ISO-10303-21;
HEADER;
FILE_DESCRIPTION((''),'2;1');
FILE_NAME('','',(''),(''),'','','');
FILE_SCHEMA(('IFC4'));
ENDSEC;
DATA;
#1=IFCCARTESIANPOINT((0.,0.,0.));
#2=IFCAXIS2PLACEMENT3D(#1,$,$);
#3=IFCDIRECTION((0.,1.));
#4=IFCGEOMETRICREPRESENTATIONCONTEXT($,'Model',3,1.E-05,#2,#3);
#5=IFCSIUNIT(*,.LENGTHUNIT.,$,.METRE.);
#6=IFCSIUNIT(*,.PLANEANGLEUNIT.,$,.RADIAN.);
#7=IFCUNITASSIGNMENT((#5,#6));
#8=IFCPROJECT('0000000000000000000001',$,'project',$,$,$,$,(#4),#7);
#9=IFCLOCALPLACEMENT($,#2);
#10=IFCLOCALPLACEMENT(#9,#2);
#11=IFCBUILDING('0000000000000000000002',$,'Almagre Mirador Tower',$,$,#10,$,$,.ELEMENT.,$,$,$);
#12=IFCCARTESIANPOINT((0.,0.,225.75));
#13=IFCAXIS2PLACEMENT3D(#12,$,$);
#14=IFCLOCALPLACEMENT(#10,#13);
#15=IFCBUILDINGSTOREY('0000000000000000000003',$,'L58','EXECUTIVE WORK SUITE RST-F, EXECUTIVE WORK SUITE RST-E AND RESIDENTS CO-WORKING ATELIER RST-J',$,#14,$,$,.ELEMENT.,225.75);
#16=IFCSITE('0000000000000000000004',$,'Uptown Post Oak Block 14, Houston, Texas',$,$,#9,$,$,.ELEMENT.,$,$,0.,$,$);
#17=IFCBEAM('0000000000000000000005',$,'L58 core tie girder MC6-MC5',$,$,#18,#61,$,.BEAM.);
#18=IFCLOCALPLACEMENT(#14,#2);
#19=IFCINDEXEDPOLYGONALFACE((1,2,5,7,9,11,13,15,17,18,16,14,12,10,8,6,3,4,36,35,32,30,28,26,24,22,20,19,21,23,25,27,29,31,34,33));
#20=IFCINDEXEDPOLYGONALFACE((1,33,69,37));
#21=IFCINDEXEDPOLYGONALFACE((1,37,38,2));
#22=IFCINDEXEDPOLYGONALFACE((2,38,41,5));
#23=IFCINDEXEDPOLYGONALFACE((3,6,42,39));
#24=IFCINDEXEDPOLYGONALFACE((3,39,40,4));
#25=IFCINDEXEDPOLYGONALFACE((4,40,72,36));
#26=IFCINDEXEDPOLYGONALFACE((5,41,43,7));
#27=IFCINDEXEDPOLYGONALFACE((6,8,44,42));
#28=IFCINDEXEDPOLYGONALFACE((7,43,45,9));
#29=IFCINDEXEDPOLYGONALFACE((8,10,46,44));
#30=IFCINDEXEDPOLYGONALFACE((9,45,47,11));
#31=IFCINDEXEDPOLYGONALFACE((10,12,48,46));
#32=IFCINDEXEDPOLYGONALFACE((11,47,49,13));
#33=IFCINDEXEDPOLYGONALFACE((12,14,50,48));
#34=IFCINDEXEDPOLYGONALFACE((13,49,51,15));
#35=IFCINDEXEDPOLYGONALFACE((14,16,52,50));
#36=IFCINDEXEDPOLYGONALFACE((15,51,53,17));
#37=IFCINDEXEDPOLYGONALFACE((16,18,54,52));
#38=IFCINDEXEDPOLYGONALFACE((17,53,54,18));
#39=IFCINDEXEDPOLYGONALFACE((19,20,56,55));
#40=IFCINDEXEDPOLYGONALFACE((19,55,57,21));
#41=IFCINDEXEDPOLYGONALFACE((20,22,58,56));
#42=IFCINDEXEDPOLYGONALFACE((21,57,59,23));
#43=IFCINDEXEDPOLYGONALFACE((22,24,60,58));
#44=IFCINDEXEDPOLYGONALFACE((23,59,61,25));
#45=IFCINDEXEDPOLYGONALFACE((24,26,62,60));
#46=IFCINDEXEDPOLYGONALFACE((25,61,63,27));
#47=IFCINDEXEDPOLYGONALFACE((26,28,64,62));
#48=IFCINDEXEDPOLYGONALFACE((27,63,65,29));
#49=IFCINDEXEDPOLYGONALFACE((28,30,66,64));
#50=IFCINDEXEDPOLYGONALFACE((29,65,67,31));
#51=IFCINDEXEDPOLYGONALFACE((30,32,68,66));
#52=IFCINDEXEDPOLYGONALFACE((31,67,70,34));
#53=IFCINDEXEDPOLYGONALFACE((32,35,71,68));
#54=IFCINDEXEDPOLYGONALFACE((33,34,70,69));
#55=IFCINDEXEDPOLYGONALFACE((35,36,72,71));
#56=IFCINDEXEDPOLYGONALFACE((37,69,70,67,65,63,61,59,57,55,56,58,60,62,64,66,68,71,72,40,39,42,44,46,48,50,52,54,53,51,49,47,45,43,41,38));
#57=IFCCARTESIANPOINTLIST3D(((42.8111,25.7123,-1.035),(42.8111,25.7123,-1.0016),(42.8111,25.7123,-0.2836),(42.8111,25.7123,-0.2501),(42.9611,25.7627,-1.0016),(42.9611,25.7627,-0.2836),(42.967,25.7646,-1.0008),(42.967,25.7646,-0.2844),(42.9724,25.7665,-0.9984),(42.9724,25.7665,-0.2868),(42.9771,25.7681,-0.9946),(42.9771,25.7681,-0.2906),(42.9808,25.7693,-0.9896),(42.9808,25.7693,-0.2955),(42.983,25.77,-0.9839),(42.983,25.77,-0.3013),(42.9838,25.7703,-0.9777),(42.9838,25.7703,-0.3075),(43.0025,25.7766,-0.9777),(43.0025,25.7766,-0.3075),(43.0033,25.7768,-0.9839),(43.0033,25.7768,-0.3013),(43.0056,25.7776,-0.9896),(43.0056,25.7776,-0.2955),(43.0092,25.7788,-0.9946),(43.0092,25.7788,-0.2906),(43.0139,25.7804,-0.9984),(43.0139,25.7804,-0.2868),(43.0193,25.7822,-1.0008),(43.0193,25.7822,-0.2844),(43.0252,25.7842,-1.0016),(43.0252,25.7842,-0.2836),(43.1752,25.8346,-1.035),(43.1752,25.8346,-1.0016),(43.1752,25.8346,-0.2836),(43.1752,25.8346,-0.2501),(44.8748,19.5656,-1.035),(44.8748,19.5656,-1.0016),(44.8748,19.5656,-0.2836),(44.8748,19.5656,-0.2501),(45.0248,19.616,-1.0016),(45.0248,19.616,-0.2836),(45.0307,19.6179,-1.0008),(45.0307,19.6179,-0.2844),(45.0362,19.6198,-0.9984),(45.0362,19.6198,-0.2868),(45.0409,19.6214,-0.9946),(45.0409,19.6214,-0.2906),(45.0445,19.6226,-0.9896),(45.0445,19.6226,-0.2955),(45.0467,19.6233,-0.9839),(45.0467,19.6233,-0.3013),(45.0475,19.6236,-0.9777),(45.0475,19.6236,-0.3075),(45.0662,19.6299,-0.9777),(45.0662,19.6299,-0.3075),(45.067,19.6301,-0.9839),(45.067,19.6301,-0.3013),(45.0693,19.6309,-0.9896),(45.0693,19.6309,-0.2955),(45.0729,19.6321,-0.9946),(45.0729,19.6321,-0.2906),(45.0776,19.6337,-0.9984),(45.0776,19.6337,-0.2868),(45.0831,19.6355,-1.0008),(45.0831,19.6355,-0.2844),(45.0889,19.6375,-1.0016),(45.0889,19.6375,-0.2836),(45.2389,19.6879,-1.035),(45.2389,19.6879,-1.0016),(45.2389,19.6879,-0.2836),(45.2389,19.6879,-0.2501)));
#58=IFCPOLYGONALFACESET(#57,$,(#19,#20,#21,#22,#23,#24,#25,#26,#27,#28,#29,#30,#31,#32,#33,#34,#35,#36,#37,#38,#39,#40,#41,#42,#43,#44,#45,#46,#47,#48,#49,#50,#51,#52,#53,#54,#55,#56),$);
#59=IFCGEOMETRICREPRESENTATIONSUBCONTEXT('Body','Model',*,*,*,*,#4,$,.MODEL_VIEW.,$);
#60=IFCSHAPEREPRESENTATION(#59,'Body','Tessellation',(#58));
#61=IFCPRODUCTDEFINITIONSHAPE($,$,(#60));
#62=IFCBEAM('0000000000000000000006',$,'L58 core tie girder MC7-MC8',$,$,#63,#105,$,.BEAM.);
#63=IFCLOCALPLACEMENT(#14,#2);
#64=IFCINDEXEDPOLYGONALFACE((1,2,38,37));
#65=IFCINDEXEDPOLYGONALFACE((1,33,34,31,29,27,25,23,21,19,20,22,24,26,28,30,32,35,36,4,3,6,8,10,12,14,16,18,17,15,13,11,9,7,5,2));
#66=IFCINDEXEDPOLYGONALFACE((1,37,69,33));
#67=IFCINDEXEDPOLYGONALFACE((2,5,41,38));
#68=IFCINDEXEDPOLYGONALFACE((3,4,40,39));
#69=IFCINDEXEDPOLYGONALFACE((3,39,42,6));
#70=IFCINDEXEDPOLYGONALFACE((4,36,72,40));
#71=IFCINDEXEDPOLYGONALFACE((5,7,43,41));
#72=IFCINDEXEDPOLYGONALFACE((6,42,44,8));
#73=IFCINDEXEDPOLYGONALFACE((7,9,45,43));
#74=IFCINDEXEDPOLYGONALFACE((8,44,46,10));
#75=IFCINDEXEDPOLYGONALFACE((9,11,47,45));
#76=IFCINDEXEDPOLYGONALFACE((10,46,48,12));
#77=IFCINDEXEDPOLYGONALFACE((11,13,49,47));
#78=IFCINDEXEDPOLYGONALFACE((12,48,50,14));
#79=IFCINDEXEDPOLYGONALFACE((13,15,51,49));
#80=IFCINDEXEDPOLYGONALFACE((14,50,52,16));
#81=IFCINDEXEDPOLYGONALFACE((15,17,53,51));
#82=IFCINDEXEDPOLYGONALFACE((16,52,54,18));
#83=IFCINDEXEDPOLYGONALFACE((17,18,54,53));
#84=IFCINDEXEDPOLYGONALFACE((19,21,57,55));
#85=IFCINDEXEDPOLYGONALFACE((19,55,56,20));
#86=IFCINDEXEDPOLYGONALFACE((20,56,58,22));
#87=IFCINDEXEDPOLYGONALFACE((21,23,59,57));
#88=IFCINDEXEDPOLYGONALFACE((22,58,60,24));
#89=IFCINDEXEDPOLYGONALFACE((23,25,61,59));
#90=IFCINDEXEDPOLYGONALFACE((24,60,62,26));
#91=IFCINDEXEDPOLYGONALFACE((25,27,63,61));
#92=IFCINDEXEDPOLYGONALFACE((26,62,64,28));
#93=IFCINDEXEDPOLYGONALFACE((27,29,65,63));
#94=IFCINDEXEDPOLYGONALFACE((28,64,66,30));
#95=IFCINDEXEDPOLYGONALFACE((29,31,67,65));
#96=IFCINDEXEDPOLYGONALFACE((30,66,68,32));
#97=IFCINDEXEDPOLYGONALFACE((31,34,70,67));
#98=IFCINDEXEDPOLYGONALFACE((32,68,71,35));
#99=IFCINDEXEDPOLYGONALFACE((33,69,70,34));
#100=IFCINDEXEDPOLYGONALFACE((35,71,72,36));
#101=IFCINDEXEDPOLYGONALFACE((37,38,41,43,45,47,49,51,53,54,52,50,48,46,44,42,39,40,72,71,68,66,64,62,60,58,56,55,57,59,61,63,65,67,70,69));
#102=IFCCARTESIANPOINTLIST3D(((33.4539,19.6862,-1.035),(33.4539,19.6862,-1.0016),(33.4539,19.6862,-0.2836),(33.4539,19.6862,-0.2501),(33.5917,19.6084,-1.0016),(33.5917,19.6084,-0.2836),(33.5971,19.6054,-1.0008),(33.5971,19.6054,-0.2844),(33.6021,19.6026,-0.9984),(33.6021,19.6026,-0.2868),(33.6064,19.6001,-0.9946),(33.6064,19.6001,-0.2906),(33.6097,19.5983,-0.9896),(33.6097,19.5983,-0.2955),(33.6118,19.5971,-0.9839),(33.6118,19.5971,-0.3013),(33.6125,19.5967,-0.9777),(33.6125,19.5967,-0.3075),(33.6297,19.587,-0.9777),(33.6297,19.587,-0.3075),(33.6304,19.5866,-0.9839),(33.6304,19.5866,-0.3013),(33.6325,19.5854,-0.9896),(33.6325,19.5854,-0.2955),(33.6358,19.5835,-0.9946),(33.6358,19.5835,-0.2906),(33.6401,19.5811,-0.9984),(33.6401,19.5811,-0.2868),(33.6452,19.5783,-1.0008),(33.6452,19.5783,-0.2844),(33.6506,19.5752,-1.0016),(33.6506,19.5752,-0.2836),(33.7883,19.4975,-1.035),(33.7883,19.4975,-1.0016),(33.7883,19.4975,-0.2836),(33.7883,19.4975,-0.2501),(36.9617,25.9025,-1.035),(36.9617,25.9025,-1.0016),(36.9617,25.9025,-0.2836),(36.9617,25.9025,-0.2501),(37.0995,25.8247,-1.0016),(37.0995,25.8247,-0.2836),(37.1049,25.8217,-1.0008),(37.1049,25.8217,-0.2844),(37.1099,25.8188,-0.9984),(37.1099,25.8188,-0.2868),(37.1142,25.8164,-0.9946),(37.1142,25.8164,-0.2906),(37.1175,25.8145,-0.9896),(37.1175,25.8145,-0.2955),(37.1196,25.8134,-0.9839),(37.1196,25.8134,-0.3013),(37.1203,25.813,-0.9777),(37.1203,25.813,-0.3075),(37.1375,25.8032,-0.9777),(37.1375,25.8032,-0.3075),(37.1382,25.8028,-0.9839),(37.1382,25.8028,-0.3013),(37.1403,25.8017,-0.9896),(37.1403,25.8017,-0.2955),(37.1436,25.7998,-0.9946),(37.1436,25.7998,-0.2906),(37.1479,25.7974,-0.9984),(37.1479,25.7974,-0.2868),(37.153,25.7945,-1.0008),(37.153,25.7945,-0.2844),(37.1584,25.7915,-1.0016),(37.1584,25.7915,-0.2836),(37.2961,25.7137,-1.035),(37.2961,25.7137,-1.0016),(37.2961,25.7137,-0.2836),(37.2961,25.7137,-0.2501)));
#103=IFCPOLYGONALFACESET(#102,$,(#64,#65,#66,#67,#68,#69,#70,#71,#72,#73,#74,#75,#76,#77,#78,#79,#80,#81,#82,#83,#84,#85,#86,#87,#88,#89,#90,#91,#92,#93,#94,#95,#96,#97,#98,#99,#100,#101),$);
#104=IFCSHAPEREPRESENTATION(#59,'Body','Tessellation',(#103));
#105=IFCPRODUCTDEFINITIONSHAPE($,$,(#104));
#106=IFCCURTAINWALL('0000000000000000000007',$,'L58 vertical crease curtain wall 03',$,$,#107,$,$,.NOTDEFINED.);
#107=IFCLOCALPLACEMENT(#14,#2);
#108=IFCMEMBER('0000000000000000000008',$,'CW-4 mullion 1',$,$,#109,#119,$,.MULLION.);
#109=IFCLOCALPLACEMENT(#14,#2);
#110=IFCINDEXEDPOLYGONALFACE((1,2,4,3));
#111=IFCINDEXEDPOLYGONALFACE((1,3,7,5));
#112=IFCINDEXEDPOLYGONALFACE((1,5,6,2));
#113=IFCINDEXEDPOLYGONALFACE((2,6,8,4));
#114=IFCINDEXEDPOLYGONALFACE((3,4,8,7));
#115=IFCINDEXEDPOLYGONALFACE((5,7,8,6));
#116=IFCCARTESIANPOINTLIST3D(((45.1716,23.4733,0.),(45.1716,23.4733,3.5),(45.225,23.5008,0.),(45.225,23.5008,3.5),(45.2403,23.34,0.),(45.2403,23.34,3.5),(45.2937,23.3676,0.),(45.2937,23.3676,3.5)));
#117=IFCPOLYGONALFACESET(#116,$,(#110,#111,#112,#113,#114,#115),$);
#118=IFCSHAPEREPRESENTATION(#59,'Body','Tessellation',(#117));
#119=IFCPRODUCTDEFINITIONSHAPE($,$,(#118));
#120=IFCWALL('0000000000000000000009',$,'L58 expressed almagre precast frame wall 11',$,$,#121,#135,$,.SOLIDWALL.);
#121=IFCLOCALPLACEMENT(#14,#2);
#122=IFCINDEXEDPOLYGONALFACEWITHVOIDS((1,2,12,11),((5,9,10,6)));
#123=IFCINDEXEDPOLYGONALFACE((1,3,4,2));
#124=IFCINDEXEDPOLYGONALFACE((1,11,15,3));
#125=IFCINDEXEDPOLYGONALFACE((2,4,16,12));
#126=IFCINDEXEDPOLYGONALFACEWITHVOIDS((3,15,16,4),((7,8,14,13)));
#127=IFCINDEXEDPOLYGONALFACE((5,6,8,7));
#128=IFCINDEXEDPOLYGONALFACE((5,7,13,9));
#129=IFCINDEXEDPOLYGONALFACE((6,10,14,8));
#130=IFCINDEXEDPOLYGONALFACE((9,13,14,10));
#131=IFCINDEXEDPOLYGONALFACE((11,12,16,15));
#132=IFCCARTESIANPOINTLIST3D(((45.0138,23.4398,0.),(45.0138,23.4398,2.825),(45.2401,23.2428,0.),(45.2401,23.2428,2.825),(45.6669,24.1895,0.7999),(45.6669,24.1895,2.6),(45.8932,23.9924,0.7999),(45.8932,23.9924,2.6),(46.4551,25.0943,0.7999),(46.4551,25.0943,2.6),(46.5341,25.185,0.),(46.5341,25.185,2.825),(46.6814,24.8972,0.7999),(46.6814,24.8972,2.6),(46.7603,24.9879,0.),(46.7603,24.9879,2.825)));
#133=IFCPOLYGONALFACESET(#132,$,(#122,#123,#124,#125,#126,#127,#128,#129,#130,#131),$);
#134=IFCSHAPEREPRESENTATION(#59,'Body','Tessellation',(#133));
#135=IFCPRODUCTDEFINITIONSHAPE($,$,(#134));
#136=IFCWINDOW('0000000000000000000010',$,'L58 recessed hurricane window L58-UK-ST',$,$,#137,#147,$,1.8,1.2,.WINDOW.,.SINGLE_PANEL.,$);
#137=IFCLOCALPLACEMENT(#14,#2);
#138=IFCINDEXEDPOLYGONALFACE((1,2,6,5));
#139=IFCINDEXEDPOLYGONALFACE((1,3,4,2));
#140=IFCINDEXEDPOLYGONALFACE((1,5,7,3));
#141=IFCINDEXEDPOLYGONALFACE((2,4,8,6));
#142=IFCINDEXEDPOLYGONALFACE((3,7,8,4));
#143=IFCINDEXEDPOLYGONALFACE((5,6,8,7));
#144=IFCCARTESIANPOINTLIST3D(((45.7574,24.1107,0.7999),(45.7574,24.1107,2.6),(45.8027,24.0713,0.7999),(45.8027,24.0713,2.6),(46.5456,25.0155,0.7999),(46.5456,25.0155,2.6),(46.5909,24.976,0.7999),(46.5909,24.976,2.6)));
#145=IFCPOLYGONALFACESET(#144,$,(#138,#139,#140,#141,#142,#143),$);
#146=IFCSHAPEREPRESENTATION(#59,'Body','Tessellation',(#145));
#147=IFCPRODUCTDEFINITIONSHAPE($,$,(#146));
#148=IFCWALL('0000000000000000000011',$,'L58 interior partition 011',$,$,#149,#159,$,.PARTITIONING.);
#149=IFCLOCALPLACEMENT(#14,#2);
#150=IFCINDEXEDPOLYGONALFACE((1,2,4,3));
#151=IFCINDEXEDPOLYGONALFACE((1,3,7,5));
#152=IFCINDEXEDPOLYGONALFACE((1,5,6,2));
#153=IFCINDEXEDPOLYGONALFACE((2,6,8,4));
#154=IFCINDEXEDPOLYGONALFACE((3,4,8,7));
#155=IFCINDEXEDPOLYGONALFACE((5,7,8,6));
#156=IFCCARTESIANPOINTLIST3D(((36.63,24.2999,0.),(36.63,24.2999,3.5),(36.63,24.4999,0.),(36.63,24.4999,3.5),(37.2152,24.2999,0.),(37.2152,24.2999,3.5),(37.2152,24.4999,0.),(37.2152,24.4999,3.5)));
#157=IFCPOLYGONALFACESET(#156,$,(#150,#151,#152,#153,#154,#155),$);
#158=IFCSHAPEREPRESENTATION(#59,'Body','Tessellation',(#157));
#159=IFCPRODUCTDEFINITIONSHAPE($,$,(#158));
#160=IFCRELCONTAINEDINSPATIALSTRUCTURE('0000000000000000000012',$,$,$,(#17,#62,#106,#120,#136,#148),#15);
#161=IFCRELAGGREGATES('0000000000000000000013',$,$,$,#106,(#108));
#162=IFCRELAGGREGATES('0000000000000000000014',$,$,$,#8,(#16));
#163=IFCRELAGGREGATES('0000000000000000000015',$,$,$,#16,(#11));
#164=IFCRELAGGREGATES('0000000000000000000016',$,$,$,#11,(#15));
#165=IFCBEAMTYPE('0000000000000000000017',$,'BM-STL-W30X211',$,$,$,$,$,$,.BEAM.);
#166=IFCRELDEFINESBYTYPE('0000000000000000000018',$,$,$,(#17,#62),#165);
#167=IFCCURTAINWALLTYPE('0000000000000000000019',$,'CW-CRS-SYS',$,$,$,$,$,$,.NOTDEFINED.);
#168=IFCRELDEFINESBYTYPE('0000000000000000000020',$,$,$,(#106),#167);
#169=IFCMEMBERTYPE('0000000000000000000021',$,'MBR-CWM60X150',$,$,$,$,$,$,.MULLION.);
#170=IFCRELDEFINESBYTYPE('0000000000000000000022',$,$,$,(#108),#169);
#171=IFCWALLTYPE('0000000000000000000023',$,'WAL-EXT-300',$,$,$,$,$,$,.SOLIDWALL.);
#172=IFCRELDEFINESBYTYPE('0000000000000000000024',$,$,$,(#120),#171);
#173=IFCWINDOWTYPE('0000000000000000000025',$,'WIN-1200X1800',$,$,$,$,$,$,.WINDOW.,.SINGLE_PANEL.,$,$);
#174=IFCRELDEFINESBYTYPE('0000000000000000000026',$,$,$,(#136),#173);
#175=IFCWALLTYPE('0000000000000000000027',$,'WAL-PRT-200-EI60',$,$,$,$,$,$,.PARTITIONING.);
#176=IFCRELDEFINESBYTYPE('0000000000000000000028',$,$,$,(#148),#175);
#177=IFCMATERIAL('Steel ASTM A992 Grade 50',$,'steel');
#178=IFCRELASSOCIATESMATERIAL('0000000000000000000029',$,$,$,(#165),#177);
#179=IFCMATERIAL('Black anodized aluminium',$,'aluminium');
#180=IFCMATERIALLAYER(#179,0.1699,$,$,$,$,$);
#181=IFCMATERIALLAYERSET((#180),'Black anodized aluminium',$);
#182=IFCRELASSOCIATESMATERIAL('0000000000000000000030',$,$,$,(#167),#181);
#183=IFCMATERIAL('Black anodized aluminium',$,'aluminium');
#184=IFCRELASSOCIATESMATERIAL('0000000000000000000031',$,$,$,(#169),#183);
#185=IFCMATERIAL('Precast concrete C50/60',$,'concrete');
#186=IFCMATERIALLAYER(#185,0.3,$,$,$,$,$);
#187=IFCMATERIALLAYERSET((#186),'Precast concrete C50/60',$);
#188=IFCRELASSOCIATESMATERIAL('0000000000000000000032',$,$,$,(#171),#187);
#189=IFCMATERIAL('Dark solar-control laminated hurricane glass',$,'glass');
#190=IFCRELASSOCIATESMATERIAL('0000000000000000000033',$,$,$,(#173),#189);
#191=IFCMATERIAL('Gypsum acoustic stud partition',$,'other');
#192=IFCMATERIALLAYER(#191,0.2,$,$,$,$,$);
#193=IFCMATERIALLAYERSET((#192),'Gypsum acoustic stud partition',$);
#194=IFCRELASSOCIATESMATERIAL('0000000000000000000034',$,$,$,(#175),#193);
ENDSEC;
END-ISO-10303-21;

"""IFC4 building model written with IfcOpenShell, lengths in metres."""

from ifc_helpers import new_model, si_unit, direction, frame, frame_2d, origin, origin_2d, place, context, subcontext, project, spatial, rectangle, i_section, extrude, material, layer, layer_set, material_profile, profile_set, type_object, element, fill, aggregate, save


model = new_model("IFC4")

# Units and contexts
model_context = context("Model", 3, precision=1e-05, world=origin(), true_north=direction((0.0, 1.0)))
body_context = subcontext(model_context, "Body", "Model", "MODEL_VIEW")
ifc_project = project(units=[si_unit("LENGTHUNIT", "METRE"), si_unit("PLANEANGLEUNIT", "RADIAN")], contexts=[model_context])

# Site, building, storey
site_placement = place(None, origin())
site = spatial("IfcSite", under=ifc_project, at=site_placement, Name="Uptown Post Oak Block 14, Houston, Texas", CompositionType="ELEMENT", RefElevation=0.0)
building_placement = place(site_placement, origin())
building = spatial("IfcBuilding", under=site, at=building_placement, Name="Almagre Mirador Tower", CompositionType="ELEMENT")
storey_placement = place(building_placement, frame((0.0, 0.0, 225.75)))
storey = spatial("IfcBuildingStorey", under=building, at=storey_placement, Name="L58", Description="EXECUTIVE WORK SUITE RST-F, EXECUTIVE WORK SUITE RST-E AND RESIDENTS CO-WORKING ATELIER RST-J", CompositionType="ELEMENT", Elevation=225.75)

# Beams
ifc_material_1 = material(Name="Steel ASTM A992 Grade 50", Category="steel")
ifc_material_profile_1 = material_profile(ifc_material_1, i_section(OverallWidth=0.384, OverallDepth=0.7849, WebThickness=0.0198, FlangeThickness=0.0334, FilletRadius=0.0239, at=origin_2d()), Name="W30X211")
ifc_profile_set_1 = profile_set([ifc_material_profile_1], Name="Steel ASTM A992 Grade 50")
beam_type_1 = type_object("IfcBeamType", Name="BM-STL-W30X211", PredefinedType="BEAM", material=ifc_profile_set_1)
beam_1_placement = place(storey_placement, frame((42.9932, 25.7734, -0.6426), z_axis=(0.318283, -0.947996, 0.0), x_axis=(0.947996, 0.318283, 0.0)))
element("IfcBeam", 1, at=beam_1_placement, inside=storey, type_object=beam_type_1, Name="L58 core tie girder MC6-MC5", PredefinedType="BEAM", context=body_context, shape_type="SweptSolid", body=[
    extrude(i_section(OverallWidth=0.384, OverallDepth=0.7849, WebThickness=0.0198, FlangeThickness=0.0334, FilletRadius=0.0239, at=origin_2d()), origin(), (0.0, 0.0, 1.0), 6.4839),
])
beam_2_placement = place(storey_placement, frame((37.1289, 25.8081, -0.6426), z_axis=(-0.491446, -0.870908, 0.0), x_axis=(0.870908, -0.491446, 0.0)))
element("IfcBeam", 2, at=beam_2_placement, inside=storey, type_object=beam_type_1, Name="L58 core tie girder MC7-MC8", PredefinedType="BEAM", context=body_context, shape_type="SweptSolid", body=[
    extrude(i_section(OverallWidth=0.384, OverallDepth=0.7849, WebThickness=0.0198, FlangeThickness=0.0334, FilletRadius=0.0239, at=origin_2d()), origin(), (0.0, 0.0, 1.0), 7.1377),
])

# Curtain wall, member
ifc_material_2 = material(Name="Black anodized aluminium", Category="aluminium")
ifc_layer_1 = layer(ifc_material_2, 0.1699)
ifc_layer_set_1 = layer_set([ifc_layer_1], Name="Black anodized aluminium")
curtain_wall_type = type_object("IfcCurtainWallType", Name="CW-CRS-SYS", PredefinedType="NOTDEFINED", material=ifc_layer_set_1)
curtain_wall_placement = place(storey_placement, origin())
curtain_wall = element("IfcCurtainWall", 3, at=curtain_wall_placement, inside=storey, type_object=curtain_wall_type, Name="L58 vertical crease curtain wall 03", PredefinedType="NOTDEFINED")
ifc_material_3 = material(Name="Black anodized aluminium", Category="aluminium")
ifc_material_profile_2 = material_profile(ifc_material_3, rectangle(XDim=0.0601, YDim=0.1499, at=origin_2d()), Name="CWM60X150")
ifc_profile_set_2 = profile_set([ifc_material_profile_2], Name="Black anodized aluminium")
member_type = type_object("IfcMemberType", Name="MBR-CWM60X150", PredefinedType="MULLION", material=ifc_profile_set_2)
member_placement = place(storey_placement, frame((45.2327, 23.4204, 0.0), z_axis=(0.0, 0.0, 1.0), x_axis=(0.888809, 0.458277, 0.0)))
member = element("IfcMember", 4, at=member_placement, type_object=member_type, Name="CW-4 mullion 1", PredefinedType="MULLION", context=body_context, shape_type="SweptSolid", body=[
    extrude(rectangle(XDim=0.0601, YDim=0.1499, at=origin_2d()), origin(), (0.0, 0.0, 1.0), 3.5),
])
aggregate(curtain_wall, [member])

# Wall, opening, window
ifc_material_4 = material(Name="Precast concrete C50/60", Category="concrete")
ifc_layer_2 = layer(ifc_material_4, 0.3)
ifc_layer_set_2 = layer_set([ifc_layer_2], Name="Precast concrete C50/60")
wall_type_1 = type_object("IfcWallType", Name="WAL-EXT-300", PredefinedType="SOLIDWALL", material=ifc_layer_set_2)
wall_1_placement = place(storey_placement, frame((46.6472, 25.0864, 0.0), z_axis=(0.0, 0.0, 1.0), x_axis=(-0.65686, -0.754012, 0.0)))
wall_1 = element("IfcWall", 5, at=wall_1_placement, inside=storey, type_object=wall_type_1, Name="L58 expressed almagre precast frame wall 11", PredefinedType="SOLIDWALL", context=body_context, shape_type="SweptSolid", body=[
    extrude(rectangle(XDim=2.3145, YDim=0.3, at=frame_2d((1.1572, 0.0))), origin(), (0.0, 0.0, 1.0), 2.825),
])
opening_1_placement = place(wall_1_placement, frame((0.1201, 0.0, 0.8)))
opening_1 = element("IfcOpeningElement", 6, at=opening_1_placement, cuts=wall_1, PredefinedType="OPENING", context=body_context, shape_type="SweptSolid", body=[
    extrude(rectangle(XDim=1.2, YDim=1.8, at=frame_2d((0.6001, 0.8999))), frame((0.0, 0.1599, 0.0), z_axis=(0.0, -1.0, 0.0), x_axis=(1.0, 0.0, 0.0)), (0.0, 0.0, 1.0), 0.32),
])
ifc_material_5 = material(Name="Dark solar-control laminated hurricane glass", Category="glass")
window_type = type_object("IfcWindowType", Name="WIN-1200X1800", PartitioningType="SINGLE_PANEL", PredefinedType="WINDOW", material=ifc_material_5)
window_placement = place(opening_1_placement, origin())
window = element("IfcWindow", 7, at=window_placement, inside=storey, type_object=window_type, Name="L58 recessed hurricane window L58-UK-ST", OverallHeight=1.8, OverallWidth=1.2, PartitioningType="SINGLE_PANEL", PredefinedType="WINDOW", context=body_context, shape_type="SweptSolid", body=[
    extrude(rectangle(XDim=1.2, YDim=1.8, at=frame_2d((0.6001, 0.8999))), frame((0.0, 0.03, 0.0), z_axis=(0.0, -1.0, 0.0), x_axis=(1.0, 0.0, 0.0)), (0.0, 0.0, 1.0), 0.0601),
])
fill(opening_1, window)

# Wall
ifc_material_6 = material(Name="Gypsum acoustic stud partition", Category="other")
ifc_layer_3 = layer(ifc_material_6, 0.2)
ifc_layer_set_3 = layer_set([ifc_layer_3], Name="Gypsum acoustic stud partition")
wall_type_2 = type_object("IfcWallType", Name="WAL-PRT-200-EI60", PredefinedType="PARTITIONING", material=ifc_layer_set_3)
wall_2_placement = place(storey_placement, frame((37.2151, 24.3999, 0.0), z_axis=(0.0, 0.0, 1.0), x_axis=(-1.0, 0.0, 0.0)))
element("IfcWall", 8, at=wall_2_placement, inside=storey, type_object=wall_type_2, Name="L58 interior partition 011", PredefinedType="PARTITIONING", context=body_context, shape_type="SweptSolid", body=[
    extrude(rectangle(XDim=0.5852, YDim=0.2, at=frame_2d((0.2925, 0.0))), origin(), (0.0, 0.0, 1.0), 3.5),
])

save(model, "model.ifc")
